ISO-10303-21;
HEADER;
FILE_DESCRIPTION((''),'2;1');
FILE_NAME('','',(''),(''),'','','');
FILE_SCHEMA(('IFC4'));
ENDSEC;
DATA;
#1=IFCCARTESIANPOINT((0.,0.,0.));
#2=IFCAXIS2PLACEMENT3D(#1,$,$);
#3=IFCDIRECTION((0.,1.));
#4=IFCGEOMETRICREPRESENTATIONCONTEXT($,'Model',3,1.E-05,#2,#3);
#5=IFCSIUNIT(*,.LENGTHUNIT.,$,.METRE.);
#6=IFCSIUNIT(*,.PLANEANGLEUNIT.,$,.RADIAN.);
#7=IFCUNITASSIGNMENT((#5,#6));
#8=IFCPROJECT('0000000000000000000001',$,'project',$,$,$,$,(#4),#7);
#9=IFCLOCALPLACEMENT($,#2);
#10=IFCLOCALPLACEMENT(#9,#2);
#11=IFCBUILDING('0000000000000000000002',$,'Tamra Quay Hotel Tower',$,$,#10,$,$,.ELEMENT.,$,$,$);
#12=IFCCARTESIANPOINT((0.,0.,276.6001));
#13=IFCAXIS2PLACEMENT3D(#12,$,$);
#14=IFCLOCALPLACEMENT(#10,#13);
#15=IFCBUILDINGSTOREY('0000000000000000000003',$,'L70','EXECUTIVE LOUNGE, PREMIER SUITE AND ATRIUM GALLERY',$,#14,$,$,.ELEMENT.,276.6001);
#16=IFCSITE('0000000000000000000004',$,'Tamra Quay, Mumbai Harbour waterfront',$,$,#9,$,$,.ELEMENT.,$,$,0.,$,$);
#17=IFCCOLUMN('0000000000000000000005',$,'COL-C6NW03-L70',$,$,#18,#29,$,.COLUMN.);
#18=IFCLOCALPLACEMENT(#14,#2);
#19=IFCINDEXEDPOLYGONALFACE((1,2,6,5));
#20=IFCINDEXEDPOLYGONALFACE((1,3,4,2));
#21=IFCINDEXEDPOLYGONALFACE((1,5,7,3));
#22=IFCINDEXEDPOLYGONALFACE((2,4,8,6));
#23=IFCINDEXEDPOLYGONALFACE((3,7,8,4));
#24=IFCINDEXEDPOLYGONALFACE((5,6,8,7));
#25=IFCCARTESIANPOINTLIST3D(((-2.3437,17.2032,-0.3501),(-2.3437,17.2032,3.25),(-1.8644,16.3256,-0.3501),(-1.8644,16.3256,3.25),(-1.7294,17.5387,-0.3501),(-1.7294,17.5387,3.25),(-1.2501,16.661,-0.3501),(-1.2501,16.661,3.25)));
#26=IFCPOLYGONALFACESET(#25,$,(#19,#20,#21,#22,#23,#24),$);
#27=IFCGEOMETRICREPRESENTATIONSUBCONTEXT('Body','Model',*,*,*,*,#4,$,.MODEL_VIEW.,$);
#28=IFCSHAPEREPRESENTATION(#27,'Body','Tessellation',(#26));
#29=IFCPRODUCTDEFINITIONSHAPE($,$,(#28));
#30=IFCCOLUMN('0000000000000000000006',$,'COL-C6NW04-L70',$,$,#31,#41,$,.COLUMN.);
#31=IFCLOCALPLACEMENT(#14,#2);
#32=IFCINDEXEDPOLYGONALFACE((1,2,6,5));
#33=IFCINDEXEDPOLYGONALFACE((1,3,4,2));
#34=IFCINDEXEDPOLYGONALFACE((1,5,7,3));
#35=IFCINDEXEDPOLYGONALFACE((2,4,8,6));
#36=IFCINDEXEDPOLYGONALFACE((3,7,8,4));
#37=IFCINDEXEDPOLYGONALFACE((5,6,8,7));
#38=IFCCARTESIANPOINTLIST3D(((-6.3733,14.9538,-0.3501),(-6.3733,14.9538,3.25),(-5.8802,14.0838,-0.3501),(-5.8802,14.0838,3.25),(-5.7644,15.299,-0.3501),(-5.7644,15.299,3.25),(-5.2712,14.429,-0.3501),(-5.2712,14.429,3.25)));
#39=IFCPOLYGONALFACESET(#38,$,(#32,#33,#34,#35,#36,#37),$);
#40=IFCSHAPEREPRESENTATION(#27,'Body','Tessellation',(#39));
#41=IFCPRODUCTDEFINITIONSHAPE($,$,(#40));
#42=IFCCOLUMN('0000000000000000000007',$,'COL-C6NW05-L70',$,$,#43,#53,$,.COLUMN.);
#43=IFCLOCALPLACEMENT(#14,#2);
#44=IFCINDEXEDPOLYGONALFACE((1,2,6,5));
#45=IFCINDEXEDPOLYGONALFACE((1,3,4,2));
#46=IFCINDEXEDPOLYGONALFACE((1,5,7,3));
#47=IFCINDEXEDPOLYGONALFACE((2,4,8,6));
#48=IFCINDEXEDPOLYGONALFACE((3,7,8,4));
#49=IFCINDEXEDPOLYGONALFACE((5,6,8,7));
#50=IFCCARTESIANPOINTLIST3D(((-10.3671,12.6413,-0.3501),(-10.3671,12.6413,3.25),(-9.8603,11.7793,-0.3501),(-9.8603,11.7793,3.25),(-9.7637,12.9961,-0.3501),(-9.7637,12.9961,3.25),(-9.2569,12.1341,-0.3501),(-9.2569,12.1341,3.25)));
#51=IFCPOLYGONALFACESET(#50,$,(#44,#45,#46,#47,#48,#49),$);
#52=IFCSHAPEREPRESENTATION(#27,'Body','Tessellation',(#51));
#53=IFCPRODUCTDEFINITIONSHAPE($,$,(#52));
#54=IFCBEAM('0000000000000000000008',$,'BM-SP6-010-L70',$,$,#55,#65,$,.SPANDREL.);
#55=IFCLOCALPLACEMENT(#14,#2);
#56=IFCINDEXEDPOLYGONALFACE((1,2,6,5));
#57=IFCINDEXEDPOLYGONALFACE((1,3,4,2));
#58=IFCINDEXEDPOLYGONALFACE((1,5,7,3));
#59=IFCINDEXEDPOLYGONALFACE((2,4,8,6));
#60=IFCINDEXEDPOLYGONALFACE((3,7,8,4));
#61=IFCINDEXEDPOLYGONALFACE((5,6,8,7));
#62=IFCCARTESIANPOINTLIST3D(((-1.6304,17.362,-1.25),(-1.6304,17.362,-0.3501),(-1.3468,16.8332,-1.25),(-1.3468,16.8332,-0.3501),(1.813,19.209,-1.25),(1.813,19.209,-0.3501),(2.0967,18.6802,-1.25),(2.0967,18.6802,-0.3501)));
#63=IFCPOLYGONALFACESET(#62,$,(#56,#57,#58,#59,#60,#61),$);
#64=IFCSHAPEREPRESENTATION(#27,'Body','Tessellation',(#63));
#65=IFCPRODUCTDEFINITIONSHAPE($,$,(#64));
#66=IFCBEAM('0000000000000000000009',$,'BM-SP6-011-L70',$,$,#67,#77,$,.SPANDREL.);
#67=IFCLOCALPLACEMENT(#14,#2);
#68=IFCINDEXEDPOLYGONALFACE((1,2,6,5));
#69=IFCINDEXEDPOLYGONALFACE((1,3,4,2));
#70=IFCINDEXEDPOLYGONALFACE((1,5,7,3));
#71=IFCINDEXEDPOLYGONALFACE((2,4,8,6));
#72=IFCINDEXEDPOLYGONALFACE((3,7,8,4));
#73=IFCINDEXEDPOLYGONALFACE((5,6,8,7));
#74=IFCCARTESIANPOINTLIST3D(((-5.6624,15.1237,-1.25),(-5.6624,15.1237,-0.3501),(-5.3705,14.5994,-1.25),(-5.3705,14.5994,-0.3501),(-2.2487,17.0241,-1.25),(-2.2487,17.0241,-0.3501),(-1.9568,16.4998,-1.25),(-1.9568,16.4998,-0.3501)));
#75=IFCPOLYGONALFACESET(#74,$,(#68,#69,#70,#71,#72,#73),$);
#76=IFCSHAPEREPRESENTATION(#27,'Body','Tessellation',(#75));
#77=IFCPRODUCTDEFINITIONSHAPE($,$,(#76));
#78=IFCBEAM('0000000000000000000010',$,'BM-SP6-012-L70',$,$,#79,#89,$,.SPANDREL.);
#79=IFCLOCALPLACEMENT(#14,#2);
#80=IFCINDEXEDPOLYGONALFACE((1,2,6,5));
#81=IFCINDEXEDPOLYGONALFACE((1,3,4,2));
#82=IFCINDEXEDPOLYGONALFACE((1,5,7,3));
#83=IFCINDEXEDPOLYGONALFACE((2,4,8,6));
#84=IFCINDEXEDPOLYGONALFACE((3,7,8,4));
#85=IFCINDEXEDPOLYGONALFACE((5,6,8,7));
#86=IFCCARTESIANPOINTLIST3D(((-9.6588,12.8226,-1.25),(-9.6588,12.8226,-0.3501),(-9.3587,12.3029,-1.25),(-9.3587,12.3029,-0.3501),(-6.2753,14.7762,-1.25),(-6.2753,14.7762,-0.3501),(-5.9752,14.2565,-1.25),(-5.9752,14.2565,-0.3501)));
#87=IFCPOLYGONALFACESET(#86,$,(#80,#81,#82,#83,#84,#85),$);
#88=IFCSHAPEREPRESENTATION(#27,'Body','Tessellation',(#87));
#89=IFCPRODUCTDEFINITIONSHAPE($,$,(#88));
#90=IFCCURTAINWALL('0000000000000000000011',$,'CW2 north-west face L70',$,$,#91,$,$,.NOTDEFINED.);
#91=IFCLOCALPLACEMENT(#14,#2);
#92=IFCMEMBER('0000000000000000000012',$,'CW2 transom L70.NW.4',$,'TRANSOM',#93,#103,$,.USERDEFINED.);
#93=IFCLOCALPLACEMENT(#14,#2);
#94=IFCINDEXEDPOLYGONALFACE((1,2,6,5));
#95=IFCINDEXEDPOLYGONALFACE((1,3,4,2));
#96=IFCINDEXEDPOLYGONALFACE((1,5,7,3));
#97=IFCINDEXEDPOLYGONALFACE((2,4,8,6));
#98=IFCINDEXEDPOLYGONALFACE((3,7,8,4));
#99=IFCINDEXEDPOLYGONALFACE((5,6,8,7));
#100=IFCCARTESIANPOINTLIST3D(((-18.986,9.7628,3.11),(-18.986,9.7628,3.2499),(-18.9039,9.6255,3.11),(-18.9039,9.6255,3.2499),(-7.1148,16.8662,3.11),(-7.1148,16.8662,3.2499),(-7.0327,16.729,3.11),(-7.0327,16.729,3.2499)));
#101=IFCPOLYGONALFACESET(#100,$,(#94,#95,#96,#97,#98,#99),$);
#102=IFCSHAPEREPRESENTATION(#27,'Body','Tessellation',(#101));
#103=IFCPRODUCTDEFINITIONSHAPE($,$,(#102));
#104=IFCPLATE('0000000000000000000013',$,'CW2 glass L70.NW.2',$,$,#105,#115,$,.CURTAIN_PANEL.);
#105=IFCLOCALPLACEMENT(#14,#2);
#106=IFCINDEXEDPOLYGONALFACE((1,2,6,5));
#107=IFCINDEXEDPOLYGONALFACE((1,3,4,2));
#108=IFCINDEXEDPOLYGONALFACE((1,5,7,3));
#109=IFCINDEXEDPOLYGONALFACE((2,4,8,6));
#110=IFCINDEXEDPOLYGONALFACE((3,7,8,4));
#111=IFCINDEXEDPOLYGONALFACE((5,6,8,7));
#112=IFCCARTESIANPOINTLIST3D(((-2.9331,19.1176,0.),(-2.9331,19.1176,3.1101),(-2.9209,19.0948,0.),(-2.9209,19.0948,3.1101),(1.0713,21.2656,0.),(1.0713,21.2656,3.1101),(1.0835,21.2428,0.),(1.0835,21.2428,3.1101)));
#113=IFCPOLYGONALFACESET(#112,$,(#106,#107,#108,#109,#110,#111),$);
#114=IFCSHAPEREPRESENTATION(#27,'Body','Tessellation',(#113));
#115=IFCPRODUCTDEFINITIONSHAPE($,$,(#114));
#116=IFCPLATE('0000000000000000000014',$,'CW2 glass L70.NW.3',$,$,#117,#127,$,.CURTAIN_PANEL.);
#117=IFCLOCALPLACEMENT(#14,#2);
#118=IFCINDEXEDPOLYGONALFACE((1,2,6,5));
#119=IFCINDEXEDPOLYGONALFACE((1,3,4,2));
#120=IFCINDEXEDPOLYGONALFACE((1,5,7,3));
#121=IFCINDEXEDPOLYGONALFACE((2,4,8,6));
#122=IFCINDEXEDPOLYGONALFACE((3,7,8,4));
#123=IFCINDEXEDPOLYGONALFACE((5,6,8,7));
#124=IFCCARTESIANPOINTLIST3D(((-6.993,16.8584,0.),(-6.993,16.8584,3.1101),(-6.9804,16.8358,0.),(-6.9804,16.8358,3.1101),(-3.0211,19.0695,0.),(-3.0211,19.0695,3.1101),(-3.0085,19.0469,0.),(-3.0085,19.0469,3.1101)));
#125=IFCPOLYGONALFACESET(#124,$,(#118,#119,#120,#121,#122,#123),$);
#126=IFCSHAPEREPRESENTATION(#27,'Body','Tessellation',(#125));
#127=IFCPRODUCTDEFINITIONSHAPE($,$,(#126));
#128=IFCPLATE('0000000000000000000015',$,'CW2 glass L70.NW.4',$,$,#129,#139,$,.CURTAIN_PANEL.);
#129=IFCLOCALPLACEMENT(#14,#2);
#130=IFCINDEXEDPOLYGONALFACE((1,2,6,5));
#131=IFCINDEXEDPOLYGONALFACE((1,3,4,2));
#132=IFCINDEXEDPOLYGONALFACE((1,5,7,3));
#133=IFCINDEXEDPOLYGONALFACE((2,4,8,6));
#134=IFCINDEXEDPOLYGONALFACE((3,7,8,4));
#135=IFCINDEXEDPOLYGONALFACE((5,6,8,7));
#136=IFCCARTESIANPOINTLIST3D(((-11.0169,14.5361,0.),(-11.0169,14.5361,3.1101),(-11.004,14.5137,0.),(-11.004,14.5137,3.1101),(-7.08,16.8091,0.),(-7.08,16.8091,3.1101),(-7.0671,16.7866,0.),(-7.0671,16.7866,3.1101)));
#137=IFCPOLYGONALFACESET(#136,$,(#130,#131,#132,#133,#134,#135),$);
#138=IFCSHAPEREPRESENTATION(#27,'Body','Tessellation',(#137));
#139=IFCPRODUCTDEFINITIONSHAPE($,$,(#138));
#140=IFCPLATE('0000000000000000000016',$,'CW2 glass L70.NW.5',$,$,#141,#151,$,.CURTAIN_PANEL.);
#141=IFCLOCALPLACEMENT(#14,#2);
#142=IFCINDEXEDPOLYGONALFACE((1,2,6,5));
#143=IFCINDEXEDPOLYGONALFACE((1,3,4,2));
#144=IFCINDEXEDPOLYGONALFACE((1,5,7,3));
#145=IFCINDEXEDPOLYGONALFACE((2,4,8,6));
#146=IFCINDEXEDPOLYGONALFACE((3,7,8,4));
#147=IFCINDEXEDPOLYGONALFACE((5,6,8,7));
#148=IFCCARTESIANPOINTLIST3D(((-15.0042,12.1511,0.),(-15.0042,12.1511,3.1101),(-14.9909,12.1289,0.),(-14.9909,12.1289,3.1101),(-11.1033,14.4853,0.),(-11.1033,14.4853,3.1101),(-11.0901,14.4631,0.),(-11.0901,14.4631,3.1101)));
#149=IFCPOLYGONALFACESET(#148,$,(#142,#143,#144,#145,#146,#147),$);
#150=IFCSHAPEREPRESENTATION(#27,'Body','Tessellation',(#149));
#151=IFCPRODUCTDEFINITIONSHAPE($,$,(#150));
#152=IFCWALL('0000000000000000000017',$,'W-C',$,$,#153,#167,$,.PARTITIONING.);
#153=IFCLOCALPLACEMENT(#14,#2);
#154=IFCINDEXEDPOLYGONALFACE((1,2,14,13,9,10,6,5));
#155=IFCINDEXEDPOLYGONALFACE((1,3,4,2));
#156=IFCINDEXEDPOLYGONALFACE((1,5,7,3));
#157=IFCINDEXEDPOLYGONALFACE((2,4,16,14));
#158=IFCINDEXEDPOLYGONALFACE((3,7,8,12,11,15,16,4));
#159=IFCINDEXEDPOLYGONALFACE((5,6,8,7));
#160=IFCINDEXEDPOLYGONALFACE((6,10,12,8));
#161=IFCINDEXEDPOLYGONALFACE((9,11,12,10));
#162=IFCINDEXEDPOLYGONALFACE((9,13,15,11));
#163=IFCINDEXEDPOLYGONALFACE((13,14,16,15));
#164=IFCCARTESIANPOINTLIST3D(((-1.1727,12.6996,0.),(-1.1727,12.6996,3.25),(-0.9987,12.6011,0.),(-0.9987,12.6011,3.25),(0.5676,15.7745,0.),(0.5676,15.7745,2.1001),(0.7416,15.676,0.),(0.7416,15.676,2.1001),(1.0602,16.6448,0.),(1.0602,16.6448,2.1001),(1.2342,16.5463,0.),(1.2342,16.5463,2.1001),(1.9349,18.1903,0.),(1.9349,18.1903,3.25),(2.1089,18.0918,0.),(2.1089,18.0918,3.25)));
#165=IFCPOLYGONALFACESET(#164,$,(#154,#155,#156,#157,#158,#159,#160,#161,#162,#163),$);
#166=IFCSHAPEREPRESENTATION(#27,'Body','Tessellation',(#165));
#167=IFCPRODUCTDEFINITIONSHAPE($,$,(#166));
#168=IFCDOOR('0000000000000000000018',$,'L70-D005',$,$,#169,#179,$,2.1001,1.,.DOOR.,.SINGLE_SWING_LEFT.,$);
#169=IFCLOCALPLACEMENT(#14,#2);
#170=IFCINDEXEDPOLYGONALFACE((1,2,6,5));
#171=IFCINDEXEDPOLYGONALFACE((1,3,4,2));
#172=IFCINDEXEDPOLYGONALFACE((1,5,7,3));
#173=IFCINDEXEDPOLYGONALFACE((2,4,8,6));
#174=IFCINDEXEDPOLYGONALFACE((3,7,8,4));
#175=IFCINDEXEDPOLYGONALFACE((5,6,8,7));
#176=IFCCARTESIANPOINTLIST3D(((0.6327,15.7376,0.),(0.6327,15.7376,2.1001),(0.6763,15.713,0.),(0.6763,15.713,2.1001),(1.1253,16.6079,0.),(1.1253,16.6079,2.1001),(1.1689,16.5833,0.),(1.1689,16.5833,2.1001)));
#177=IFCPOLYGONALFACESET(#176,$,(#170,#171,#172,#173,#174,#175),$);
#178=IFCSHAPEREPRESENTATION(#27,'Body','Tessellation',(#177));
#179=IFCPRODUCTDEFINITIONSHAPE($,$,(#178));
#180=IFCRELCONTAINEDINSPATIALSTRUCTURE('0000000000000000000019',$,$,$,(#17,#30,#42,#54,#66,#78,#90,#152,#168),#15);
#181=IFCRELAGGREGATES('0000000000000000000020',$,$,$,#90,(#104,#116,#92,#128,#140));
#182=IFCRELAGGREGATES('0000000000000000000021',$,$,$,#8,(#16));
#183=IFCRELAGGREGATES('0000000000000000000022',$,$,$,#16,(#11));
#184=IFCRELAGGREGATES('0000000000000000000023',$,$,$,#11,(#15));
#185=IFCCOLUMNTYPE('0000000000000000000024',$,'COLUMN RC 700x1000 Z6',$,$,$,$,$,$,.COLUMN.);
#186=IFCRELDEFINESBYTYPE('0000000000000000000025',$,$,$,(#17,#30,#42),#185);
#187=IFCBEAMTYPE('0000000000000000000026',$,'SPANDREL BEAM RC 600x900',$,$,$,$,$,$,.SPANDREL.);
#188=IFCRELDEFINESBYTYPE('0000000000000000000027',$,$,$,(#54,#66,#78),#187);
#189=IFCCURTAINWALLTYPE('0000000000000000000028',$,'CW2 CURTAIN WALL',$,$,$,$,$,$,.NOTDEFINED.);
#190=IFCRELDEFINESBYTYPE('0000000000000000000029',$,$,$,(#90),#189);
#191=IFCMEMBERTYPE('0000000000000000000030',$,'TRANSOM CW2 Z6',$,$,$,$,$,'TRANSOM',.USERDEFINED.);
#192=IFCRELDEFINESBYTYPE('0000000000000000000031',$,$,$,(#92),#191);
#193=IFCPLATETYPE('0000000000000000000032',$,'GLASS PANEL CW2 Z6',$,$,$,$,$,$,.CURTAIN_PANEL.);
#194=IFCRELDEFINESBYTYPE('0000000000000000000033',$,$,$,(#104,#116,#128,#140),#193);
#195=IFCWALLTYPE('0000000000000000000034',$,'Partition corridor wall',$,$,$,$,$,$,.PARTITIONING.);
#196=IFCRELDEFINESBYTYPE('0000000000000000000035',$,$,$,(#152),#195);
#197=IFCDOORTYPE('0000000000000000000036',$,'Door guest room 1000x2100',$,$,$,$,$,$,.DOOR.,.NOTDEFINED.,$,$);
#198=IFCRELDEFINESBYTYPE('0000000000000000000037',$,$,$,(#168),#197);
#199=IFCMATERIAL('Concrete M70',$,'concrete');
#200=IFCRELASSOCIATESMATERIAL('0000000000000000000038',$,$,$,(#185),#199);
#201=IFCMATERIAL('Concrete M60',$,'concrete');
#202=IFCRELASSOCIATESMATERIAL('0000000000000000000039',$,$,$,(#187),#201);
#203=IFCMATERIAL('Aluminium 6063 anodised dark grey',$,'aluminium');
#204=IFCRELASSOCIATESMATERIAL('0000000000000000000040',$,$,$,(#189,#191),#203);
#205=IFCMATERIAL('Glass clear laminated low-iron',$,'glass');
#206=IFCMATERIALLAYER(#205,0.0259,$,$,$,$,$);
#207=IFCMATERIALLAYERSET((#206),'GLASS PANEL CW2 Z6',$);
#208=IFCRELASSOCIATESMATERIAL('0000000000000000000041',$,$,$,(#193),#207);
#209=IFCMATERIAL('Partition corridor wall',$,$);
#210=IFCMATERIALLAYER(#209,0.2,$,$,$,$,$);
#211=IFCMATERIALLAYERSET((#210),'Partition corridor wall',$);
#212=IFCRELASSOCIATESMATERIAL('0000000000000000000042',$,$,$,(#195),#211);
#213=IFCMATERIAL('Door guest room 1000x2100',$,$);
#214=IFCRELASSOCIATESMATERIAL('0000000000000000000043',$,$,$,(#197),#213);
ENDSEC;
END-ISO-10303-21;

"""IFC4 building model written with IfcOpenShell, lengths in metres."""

from ifc_helpers import new_model, si_unit, direction, frame, frame_2d, origin, origin_2d, place, context, subcontext, project, spatial, rectangle, extrude, material, layer, layer_set, material_profile, profile_set, type_object, element, fill, aggregate, save


model = new_model("IFC4")

# Units and contexts
model_context = context("Model", 3, precision=1e-05, world=origin(), true_north=direction((0.0, 1.0)))
body_context = subcontext(model_context, "Body", "Model", "MODEL_VIEW")
ifc_project = project(units=[si_unit("LENGTHUNIT", "METRE"), si_unit("PLANEANGLEUNIT", "RADIAN")], contexts=[model_context])

# Site, building, storey
site_placement = place(None, origin())
site = spatial("IfcSite", under=ifc_project, at=site_placement, Name="Tamra Quay, Mumbai Harbour waterfront", CompositionType="ELEMENT", RefElevation=0.0)
building_placement = place(site_placement, origin())
building = spatial("IfcBuilding", under=site, at=building_placement, Name="Tamra Quay Hotel Tower", CompositionType="ELEMENT")
storey_placement = place(building_placement, frame((0.0, 0.0, 276.6001)))
storey = spatial("IfcBuildingStorey", under=building, at=storey_placement, Name="L70", Description="EXECUTIVE LOUNGE, PREMIER SUITE AND ATRIUM GALLERY", CompositionType="ELEMENT", Elevation=276.6001)

# Columns
ifc_material_1 = material(Name="Concrete M70", Category="concrete")
ifc_material_profile_1 = material_profile(ifc_material_1, rectangle(XDim=1.0, YDim=0.7, at=origin_2d()), Name="COLUMN RC 700x1000 Z6")
ifc_profile_set_1 = profile_set([ifc_material_profile_1], Name="Concrete M70")
column_type = type_object("IfcColumnType", Name="COLUMN RC 700x1000 Z6", PredefinedType="COLUMN", material=ifc_profile_set_1)
for number, where, z_axis, x_axis, name in (
    (1, (-1.7969, 16.9321, -0.3501), (0.0, 0.0, 1.0), (-0.479288, 0.877658, 0.0), "COL-C6NW03-L70"),
    (2, (-5.8223, 14.6914, -0.3501), (0.0, 0.0, 1.0), (-0.493125, 0.869958, 0.0), "COL-C6NW04-L70"),
    (3, (-9.812, 12.3877, -0.3501), (0.0, 0.0, 1.0), (-0.506843, 0.862038, 0.0), "COL-C6NW05-L70"),
):
    element("IfcColumn", number, at=place(storey_placement, frame(where, z_axis=z_axis, x_axis=x_axis)), inside=storey, type_object=column_type, Name=name, PredefinedType="COLUMN", context=body_context, shape_type="SweptSolid", body=[
        extrude(rectangle(XDim=1.0, YDim=0.7, at=origin_2d()), origin(), (0.0, 0.0, 1.0), 3.6001),
    ])

# Beams
ifc_material_2 = material(Name="Concrete M60", Category="concrete")
ifc_material_profile_2 = material_profile(ifc_material_2, rectangle(XDim=0.6001, YDim=0.8999, at=origin_2d()), Name="SPANDREL BEAM RC 600x900")
ifc_profile_set_2 = profile_set([ifc_material_profile_2], Name="Concrete M60")
beam_type = type_object("IfcBeamType", Name="SPANDREL BEAM RC 600x900", PredefinedType="SPANDREL", material=ifc_profile_set_2)
beam_placement = place(storey_placement, frame((1.9548, 18.9446, -0.8), z_axis=(-0.881238, -0.472672, 0.0), x_axis=(0.472672, -0.881238, 0.0)))
element("IfcBeam", 4, at=beam_placement, inside=storey, type_object=beam_type, Name="BM-SP6-010-L70", PredefinedType="SPANDREL", context=body_context, shape_type="SweptSolid", body=[
    extrude(rectangle(XDim=0.6001, YDim=0.8999, at=origin_2d()), origin(), (0.0, 0.0, 1.0), 3.9075),
])
for number, where, z_axis, x_axis, name in (
    (5, (-2.1028, 16.762, -0.8), (-0.873727, -0.486417, 0.0), (0.486417, -0.873727, 0.0), "BM-SP6-011-L70"),
    (6, (-6.1252, 14.5164, -0.8), (-0.866012, -0.500024, 0.0), (0.500024, -0.866012, 0.0), "BM-SP6-012-L70"),
):
    element("IfcBeam", number, at=place(storey_placement, frame(where, z_axis=z_axis, x_axis=x_axis)), inside=storey, type_object=beam_type, Name=name, PredefinedType="SPANDREL", context=body_context, shape_type="SweptSolid", body=[
        extrude(rectangle(XDim=0.6001, YDim=0.8999, at=origin_2d()), origin(), (0.0, 0.0, 1.0), 3.907),
    ])

# Curtain wall, member, plates
ifc_material_3 = material(Name="Aluminium 6063 anodised dark grey", Category="aluminium")
curtain_wall_type = type_object("IfcCurtainWallType", Name="CW2 CURTAIN WALL", PredefinedType="NOTDEFINED", material=ifc_material_3)
curtain_wall_placement = place(storey_placement, origin())
curtain_wall = element("IfcCurtainWall", 7, at=curtain_wall_placement, inside=storey, type_object=curtain_wall_type, Name="CW2 north-west face L70", PredefinedType="NOTDEFINED")
ifc_material_profile_3 = material_profile(ifc_material_3, rectangle(XDim=0.1599, YDim=0.1399, at=origin_2d()), Name="TRANSOM 160X140")
ifc_profile_set_3 = profile_set([ifc_material_profile_3], Name="Aluminium 6063 anodised dark grey")
member_type = type_object("IfcMemberType", Name="TRANSOM CW2 Z6", ElementType="TRANSOM", PredefinedType="USERDEFINED", material=ifc_profile_set_3)
member_placement = place(storey_placement, frame((-7.0737, 16.7976, 3.1799), z_axis=(-0.858107, -0.51347, 0.0), x_axis=(0.51347, -0.858107, 0.0)))
member = element("IfcMember", 8, at=member_placement, type_object=member_type, Name="CW2 transom L70.NW.4", ObjectType="TRANSOM", PredefinedType="USERDEFINED", context=body_context, shape_type="SweptSolid", body=[
    extrude(rectangle(XDim=0.1599, YDim=0.1399, at=origin_2d()), origin(), (0.0, 0.0, 1.0), 13.8342),
])
ifc_material_4 = material(Name="Glass clear laminated low-iron", Category="glass")
ifc_layer_1 = layer(ifc_material_4, 0.0259)
ifc_layer_set_1 = layer_set([ifc_layer_1], Name="GLASS PANEL CW2 Z6")
plate_type = type_object("IfcPlateType", Name="GLASS PANEL CW2 Z6", PredefinedType="CURTAIN_PANEL", material=ifc_layer_set_1)
plate_1_placement = place(storey_placement, frame((-0.9248, 20.1802, 0.0), z_axis=(0.0, 0.0, 1.0), x_axis=(-0.881224, -0.4727, 0.0)))
plate_1 = element("IfcPlate", 9, at=plate_1_placement, type_object=plate_type, Name="CW2 glass L70.NW.2", PredefinedType="CURTAIN_PANEL", context=body_context, shape_type="SweptSolid", body=[
    extrude(rectangle(XDim=4.5442, YDim=0.0259, at=origin_2d()), origin(), (0.0, 0.0, 1.0), 3.1101),
])
plate_2_placement = place(storey_placement, frame((-5.0007, 17.9526, 0.0), z_axis=(0.0, 0.0, 1.0), x_axis=(-0.873736, -0.4864, 0.0)))
plate_2 = element("IfcPlate", 10, at=plate_2_placement, type_object=plate_type, Name="CW2 glass L70.NW.3", PredefinedType="CURTAIN_PANEL", context=body_context, shape_type="SweptSolid", body=[
    extrude(rectangle(XDim=4.5459, YDim=0.0259, at=origin_2d()), origin(), (0.0, 0.0, 1.0), 3.1101),
])
plate_3_placement = place(storey_placement, frame((-9.042, 15.6614, 0.0), z_axis=(0.0, 0.0, 1.0), x_axis=(-0.866025, -0.5, 0.0)))
plate_3 = element("IfcPlate", 11, at=plate_3_placement, type_object=plate_type, Name="CW2 glass L70.NW.4", PredefinedType="CURTAIN_PANEL", context=body_context, shape_type="SweptSolid", body=[
    extrude(rectangle(XDim=4.5459, YDim=0.0259, at=origin_2d()), origin(), (0.0, 0.0, 1.0), 3.1101),
])
plate_4_placement = place(storey_placement, frame((-13.0471, 13.3071, 0.0), z_axis=(0.0, 0.0, 1.0), x_axis=(-0.858103, -0.513477, 0.0)))
plate_4 = element("IfcPlate", 12, at=plate_4_placement, type_object=plate_type, Name="CW2 glass L70.NW.5", PredefinedType="CURTAIN_PANEL", context=body_context, shape_type="SweptSolid", body=[
    extrude(rectangle(XDim=4.5459, YDim=0.0259, at=origin_2d()), origin(), (0.0, 0.0, 1.0), 3.1101),
])
aggregate(curtain_wall, [plate_1, plate_2, member, plate_3, plate_4])

# Wall, opening, door
ifc_material_5 = material(Name="Partition corridor wall")
ifc_layer_2 = layer(ifc_material_5, 0.2)
ifc_layer_set_2 = layer_set([ifc_layer_2], Name="Partition corridor wall")
wall_type_1 = type_object("IfcWallType", Name="Partition corridor wall", PredefinedType="PARTITIONING", material=ifc_layer_set_2)
wall_1_placement = place(storey_placement, frame((-1.0857, 12.6504, 0.0), z_axis=(0.0, 0.0, 1.0), x_axis=(0.492563, 0.870277, 0.0)))
wall_1 = element("IfcWall", 13, at=wall_1_placement, inside=storey, type_object=wall_type_1, Name="W-C", PredefinedType="PARTITIONING", context=body_context, shape_type="SweptSolid", body=[
    extrude(rectangle(XDim=6.3091, YDim=0.2, at=frame_2d((3.1545, 0.0))), origin(), (0.0, 0.0, 1.0), 3.25),
])
opening_1_placement = place(wall_1_placement, frame((3.5332, 0.0, 0.0)))
opening_1 = element("IfcOpeningElement", 14, at=opening_1_placement, cuts=wall_1, PredefinedType="OPENING", context=body_context, shape_type="SweptSolid", body=[
    extrude(rectangle(XDim=1.0, YDim=2.1001, at=frame_2d((0.5, 1.05))), frame((0.0, 0.1099, 0.0), z_axis=(0.0, -1.0, 0.0), x_axis=(1.0, 0.0, 0.0)), (0.0, 0.0, 1.0), 0.22),
])
ifc_material_6 = material(Name="Door guest room 1000x2100")
door_type = type_object("IfcDoorType", Name="Door guest room 1000x2100", OperationType="NOTDEFINED", PredefinedType="DOOR", material=ifc_material_6)
door_1_placement = place(opening_1_placement, frame((1.0, 0.0, 0.0), z_axis=(0.0, 0.0, 1.0), x_axis=(-1.0, 0.0, 0.0)))
door_1 = element("IfcDoor", 15, at=door_1_placement, inside=storey, type_object=door_type, Name="L70-D005", OperationType="SINGLE_SWING_LEFT", OverallHeight=2.1001, OverallWidth=1.0, PredefinedType="DOOR", context=body_context, shape_type="SweptSolid", body=[
    extrude(rectangle(XDim=1.0, YDim=2.1001, at=frame_2d((0.5, 1.05))), frame((0.0, 0.0249, 0.0), z_axis=(0.0, -1.0, 0.0), x_axis=(1.0, 0.0, 0.0)), (0.0, 0.0, 1.0), 0.05),
])
fill(opening_1, door_1)

save(model, "model.ifc")
